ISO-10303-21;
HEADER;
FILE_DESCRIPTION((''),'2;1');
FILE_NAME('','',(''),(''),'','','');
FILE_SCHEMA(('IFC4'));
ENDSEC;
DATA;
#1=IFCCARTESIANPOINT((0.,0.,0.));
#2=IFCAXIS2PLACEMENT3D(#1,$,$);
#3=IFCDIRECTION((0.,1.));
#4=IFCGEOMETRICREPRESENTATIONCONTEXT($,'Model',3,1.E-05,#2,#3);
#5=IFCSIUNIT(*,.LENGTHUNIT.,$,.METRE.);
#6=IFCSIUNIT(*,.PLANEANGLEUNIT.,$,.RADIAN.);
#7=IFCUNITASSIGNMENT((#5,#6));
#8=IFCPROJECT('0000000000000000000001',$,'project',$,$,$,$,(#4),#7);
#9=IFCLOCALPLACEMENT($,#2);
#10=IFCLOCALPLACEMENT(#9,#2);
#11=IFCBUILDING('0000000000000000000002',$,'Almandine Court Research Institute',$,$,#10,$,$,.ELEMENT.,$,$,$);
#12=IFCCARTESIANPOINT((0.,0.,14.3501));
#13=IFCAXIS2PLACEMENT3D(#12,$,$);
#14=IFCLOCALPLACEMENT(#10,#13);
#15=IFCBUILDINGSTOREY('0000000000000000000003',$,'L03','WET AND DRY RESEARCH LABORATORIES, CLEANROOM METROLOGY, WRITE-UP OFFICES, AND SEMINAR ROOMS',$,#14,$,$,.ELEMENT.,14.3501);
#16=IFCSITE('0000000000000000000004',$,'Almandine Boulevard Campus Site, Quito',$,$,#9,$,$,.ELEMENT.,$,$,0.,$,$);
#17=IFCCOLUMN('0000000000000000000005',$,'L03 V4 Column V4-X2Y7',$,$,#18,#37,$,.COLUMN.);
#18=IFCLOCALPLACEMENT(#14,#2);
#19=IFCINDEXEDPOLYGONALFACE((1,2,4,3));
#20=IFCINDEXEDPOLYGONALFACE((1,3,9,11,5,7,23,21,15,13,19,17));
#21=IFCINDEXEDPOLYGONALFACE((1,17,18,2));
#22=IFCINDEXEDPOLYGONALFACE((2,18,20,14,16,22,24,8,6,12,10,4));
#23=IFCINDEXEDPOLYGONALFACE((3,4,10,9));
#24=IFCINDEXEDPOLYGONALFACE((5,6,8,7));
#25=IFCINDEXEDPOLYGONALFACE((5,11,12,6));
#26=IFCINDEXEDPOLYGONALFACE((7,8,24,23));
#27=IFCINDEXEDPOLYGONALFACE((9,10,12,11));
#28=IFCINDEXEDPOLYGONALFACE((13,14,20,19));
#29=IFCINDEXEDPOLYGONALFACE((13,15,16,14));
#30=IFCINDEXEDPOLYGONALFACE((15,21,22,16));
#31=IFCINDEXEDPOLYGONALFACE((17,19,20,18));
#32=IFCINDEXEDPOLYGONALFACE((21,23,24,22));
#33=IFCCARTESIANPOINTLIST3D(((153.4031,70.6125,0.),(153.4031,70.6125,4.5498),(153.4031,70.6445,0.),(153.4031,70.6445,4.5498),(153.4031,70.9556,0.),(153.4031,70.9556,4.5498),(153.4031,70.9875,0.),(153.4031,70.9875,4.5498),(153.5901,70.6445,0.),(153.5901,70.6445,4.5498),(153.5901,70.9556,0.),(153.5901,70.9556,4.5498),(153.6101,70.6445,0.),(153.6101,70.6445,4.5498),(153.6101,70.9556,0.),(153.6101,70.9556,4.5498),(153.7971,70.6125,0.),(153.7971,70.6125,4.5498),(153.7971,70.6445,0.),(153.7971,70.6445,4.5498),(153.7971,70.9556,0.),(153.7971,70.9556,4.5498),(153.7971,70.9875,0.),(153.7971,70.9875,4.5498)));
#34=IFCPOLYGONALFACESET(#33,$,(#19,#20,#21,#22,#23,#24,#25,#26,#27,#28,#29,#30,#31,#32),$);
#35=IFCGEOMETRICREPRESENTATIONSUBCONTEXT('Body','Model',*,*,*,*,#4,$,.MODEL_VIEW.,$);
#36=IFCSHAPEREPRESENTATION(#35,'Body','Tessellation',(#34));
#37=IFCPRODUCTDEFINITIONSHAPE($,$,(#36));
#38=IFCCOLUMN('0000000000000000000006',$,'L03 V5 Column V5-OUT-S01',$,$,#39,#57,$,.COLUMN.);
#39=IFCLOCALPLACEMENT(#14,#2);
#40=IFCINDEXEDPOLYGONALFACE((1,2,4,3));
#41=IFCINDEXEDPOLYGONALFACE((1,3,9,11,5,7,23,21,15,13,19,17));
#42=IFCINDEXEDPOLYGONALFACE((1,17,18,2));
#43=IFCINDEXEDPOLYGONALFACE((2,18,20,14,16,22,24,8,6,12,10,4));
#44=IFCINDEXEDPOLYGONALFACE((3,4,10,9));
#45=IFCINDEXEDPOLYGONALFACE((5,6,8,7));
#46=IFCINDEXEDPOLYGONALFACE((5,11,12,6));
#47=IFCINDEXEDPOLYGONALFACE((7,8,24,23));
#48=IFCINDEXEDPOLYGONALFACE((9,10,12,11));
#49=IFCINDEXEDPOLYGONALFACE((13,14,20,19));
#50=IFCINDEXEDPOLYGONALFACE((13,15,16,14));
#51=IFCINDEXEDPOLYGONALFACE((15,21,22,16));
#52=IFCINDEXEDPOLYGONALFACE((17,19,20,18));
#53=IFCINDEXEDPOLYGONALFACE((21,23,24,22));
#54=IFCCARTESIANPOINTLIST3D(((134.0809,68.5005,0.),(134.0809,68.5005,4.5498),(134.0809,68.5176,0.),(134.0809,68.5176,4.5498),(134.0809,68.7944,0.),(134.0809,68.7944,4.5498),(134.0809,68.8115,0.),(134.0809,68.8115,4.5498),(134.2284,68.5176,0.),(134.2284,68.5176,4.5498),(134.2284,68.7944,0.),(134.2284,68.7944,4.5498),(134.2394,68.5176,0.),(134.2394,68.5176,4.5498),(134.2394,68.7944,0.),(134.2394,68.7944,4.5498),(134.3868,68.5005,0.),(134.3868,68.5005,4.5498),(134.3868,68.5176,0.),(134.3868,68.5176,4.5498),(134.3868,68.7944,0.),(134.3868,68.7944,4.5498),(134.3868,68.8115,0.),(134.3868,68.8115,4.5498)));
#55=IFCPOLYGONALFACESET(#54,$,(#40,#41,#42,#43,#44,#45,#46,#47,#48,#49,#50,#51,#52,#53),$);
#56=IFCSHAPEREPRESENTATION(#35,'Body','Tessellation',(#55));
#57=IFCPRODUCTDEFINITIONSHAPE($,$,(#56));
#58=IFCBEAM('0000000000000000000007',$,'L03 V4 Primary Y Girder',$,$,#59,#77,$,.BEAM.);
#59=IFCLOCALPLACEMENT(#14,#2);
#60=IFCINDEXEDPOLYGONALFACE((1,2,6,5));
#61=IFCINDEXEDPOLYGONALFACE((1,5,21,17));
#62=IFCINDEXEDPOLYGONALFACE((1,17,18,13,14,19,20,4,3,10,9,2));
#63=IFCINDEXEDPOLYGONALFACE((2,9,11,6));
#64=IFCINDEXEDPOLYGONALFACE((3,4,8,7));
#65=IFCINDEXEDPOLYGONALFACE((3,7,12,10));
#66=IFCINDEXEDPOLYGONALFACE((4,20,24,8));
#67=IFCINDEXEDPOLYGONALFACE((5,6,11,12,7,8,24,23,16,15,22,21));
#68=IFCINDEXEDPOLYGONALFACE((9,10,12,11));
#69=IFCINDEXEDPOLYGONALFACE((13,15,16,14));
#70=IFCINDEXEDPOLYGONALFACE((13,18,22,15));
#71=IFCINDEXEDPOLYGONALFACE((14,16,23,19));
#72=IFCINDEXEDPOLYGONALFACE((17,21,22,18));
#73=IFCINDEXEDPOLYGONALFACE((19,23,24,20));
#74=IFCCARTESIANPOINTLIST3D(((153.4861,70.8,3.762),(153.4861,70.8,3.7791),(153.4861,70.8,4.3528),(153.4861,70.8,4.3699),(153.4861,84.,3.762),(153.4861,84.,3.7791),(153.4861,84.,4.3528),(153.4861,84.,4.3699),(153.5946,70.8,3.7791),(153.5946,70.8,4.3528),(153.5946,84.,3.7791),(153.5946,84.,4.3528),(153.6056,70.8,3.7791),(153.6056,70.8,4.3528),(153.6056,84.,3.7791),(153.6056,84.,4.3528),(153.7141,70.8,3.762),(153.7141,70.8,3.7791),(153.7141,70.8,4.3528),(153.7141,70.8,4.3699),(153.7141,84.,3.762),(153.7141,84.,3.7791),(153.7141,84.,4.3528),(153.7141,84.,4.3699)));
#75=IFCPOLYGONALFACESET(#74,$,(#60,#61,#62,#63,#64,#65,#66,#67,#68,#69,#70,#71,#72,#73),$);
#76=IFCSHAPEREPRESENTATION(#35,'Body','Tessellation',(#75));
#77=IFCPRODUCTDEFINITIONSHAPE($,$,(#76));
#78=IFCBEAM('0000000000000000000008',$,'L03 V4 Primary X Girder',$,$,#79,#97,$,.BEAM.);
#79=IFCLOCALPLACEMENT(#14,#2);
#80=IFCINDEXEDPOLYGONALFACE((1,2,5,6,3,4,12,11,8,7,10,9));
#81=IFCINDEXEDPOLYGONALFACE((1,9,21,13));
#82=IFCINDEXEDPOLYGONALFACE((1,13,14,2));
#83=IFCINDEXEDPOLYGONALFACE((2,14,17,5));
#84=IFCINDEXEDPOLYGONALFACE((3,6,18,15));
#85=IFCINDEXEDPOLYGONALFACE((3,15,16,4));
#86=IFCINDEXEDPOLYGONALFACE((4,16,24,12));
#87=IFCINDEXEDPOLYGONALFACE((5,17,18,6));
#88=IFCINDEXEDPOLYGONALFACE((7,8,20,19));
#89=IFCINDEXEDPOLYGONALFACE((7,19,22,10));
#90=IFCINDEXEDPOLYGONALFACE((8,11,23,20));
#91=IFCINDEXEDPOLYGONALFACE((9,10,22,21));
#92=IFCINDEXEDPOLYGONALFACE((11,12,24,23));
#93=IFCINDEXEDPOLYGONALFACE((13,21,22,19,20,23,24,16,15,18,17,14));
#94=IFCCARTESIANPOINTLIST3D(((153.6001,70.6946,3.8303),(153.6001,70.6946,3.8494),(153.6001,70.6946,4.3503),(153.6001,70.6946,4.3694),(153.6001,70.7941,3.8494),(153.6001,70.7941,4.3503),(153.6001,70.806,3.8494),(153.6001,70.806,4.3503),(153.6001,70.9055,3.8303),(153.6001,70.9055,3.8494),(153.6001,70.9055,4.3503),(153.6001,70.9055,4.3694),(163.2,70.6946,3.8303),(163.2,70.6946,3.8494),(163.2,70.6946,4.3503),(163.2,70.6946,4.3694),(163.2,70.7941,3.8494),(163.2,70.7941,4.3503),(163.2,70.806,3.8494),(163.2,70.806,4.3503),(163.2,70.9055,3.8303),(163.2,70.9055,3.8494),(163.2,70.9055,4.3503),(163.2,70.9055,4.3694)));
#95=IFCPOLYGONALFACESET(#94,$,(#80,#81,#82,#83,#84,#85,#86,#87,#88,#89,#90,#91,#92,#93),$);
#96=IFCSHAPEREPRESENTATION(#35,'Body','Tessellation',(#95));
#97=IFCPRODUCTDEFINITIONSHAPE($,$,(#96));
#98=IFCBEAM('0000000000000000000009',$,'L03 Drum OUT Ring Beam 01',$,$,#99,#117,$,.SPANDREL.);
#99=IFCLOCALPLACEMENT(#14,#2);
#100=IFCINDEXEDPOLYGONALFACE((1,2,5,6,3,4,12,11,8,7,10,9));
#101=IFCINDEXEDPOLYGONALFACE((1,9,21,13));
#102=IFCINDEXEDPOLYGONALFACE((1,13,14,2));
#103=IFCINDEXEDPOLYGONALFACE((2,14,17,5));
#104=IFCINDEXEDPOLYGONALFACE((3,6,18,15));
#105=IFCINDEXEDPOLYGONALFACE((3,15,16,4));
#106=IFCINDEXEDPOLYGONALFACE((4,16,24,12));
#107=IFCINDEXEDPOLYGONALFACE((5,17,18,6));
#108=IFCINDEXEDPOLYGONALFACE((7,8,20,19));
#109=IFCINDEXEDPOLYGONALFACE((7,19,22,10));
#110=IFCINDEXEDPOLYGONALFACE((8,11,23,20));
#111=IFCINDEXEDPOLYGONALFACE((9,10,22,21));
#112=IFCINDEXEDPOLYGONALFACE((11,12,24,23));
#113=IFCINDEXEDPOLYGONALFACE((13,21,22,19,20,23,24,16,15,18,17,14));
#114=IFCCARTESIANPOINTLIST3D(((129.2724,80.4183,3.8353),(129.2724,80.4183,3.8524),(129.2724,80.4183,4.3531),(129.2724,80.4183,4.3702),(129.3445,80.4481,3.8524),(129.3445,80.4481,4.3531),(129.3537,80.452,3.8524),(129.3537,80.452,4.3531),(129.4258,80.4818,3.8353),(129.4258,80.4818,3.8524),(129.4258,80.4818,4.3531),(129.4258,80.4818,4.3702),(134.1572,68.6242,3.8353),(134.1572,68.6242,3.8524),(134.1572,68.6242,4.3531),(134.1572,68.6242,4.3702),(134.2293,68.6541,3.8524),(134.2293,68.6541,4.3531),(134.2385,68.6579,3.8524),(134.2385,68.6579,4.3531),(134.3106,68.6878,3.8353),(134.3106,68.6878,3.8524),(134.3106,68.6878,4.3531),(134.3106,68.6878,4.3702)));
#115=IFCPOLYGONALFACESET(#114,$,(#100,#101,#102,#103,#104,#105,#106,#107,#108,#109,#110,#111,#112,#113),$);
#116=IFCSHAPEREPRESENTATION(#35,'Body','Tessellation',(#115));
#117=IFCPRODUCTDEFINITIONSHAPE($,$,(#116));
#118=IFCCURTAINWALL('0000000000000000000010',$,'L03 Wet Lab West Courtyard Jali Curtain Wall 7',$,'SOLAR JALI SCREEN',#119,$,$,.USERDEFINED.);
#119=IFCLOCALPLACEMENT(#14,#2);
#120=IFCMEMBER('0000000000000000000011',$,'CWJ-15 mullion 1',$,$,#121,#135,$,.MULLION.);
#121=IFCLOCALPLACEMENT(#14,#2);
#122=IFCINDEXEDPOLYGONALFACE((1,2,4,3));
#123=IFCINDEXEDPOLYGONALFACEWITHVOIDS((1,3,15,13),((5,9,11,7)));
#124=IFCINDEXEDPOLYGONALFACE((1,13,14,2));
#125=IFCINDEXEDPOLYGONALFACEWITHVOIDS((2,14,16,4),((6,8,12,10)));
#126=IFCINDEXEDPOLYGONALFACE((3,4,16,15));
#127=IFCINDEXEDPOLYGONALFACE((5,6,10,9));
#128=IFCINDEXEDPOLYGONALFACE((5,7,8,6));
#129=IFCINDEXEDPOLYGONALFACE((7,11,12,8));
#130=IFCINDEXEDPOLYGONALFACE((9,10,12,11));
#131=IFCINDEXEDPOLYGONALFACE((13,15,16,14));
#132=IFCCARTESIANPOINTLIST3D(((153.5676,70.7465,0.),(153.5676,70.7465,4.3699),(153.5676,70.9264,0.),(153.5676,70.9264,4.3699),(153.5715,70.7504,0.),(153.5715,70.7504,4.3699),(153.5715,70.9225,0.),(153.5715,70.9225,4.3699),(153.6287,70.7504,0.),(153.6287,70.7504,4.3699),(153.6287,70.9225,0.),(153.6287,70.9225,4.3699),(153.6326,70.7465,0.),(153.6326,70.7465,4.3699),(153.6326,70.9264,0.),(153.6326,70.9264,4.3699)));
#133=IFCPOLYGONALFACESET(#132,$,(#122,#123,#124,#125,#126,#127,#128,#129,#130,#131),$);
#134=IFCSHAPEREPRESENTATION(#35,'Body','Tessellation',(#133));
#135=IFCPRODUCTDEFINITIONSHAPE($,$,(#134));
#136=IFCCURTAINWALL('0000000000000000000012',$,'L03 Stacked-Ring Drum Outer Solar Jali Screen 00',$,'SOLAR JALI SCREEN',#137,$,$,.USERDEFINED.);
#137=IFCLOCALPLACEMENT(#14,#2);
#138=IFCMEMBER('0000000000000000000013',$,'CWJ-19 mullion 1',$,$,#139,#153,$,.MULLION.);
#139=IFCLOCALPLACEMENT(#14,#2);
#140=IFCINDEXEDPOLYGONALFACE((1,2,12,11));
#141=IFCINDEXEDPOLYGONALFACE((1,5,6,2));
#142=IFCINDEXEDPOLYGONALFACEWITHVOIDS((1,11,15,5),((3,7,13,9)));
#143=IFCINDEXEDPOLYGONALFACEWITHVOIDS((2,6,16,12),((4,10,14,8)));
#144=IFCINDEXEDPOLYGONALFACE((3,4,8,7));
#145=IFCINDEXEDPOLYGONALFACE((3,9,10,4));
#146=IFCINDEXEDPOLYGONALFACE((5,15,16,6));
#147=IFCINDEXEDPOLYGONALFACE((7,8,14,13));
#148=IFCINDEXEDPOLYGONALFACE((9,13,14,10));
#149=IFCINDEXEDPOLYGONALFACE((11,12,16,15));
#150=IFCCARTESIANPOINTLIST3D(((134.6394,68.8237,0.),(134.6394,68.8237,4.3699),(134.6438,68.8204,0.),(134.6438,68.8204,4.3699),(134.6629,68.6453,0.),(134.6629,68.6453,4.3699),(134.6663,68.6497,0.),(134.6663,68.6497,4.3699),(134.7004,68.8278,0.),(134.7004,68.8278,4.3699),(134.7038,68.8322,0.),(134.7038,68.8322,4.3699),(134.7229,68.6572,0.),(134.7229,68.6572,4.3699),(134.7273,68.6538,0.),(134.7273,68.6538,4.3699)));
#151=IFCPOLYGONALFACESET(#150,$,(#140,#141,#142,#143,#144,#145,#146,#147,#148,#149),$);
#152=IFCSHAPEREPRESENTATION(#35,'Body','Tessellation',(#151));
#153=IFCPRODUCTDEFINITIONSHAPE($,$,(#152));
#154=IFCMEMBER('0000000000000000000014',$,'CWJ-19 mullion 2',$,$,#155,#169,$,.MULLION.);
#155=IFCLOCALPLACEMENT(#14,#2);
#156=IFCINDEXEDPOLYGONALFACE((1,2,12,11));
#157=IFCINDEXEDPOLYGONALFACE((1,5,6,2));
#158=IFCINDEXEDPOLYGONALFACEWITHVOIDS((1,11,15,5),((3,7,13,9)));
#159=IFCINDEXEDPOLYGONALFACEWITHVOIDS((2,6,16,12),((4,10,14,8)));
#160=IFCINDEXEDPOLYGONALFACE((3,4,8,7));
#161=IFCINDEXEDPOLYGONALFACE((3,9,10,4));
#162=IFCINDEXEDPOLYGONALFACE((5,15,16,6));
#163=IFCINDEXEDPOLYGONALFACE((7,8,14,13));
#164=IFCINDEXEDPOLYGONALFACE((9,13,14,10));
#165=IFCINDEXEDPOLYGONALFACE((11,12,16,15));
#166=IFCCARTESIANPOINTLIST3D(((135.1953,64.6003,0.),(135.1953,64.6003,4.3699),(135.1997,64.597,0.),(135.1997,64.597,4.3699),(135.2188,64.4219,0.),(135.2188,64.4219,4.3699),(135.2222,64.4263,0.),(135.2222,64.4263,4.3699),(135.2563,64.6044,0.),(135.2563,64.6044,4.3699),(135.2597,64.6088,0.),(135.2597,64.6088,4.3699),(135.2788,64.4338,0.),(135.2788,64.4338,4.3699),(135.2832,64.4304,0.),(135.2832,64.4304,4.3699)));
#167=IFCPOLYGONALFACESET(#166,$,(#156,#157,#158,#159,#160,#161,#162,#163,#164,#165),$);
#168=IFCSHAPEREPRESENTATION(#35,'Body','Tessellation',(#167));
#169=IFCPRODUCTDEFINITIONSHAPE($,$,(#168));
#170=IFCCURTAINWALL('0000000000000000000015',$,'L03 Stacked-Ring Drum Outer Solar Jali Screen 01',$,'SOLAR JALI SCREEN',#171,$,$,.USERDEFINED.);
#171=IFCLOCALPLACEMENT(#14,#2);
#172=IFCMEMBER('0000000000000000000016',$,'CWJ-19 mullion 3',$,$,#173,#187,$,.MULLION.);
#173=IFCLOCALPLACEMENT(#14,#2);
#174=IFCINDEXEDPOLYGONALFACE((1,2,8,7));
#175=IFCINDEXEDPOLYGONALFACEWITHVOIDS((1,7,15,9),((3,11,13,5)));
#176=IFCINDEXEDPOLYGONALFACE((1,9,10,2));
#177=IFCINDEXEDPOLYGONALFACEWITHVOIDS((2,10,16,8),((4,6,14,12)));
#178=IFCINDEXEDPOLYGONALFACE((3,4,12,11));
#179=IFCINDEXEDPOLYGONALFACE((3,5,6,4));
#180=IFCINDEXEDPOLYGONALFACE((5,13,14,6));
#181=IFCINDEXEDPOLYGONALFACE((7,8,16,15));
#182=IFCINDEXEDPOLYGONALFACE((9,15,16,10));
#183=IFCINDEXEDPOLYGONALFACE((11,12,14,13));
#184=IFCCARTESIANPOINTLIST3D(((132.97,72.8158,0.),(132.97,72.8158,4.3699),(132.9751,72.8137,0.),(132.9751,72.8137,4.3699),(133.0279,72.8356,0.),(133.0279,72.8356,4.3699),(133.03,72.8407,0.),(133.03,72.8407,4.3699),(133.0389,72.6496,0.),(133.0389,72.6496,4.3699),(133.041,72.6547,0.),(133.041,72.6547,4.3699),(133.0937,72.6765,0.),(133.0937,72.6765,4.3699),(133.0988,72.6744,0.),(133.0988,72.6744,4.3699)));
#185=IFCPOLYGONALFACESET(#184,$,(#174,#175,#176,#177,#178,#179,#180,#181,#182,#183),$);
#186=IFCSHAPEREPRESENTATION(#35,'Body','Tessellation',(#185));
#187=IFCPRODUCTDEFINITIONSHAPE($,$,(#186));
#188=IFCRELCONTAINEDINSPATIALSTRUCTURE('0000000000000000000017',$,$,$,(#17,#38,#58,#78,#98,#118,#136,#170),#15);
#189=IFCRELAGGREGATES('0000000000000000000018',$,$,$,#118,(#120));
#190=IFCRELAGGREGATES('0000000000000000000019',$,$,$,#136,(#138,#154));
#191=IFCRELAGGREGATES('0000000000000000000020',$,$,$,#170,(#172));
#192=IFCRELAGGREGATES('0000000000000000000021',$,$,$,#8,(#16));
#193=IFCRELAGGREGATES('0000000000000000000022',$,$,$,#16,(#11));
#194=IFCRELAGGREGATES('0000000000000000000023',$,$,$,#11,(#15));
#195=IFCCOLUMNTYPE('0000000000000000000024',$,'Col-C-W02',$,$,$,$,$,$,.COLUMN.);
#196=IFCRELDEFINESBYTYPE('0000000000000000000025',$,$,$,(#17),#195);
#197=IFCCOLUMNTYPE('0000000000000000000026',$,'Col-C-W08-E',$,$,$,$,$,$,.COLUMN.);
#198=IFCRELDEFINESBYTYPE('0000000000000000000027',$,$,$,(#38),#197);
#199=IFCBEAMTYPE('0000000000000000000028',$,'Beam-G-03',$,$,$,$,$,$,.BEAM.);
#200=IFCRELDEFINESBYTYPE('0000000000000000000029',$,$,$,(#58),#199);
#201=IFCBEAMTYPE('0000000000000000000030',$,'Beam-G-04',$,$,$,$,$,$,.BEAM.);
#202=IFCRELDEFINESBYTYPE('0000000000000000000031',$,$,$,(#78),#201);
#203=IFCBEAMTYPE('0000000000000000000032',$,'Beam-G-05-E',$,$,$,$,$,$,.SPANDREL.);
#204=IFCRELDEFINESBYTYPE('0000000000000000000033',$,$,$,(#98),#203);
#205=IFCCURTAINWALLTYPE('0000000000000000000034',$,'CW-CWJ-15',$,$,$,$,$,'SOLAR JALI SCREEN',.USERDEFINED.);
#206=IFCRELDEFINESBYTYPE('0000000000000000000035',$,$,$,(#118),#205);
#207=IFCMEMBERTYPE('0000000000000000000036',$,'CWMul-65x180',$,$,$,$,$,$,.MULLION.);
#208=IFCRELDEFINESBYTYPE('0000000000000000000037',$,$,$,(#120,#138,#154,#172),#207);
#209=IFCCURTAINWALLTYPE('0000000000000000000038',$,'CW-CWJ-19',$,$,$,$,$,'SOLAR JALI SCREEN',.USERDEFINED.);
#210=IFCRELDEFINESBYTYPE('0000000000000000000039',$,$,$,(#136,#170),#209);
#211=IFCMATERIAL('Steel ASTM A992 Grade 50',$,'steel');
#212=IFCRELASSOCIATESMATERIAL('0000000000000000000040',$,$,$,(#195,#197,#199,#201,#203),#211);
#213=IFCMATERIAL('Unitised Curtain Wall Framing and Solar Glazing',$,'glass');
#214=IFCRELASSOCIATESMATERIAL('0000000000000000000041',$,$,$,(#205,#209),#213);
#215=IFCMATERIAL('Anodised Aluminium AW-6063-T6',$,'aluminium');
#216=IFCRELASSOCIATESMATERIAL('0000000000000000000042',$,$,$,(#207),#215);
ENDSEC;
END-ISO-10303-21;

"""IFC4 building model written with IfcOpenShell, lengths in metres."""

from ifc_helpers import new_model, si_unit, direction, frame, origin, origin_2d, place, context, subcontext, project, spatial, hollow_rectangle, i_section, extrude, material, material_profile, profile_set, type_object, element, aggregate, save


model = new_model("IFC4")

# Units and contexts
model_context = context("Model", 3, precision=1e-05, world=origin(), true_north=direction((0.0, 1.0)))
body_context = subcontext(model_context, "Body", "Model", "MODEL_VIEW")
ifc_project = project(units=[si_unit("LENGTHUNIT", "METRE"), si_unit("PLANEANGLEUNIT", "RADIAN")], contexts=[model_context])

# Site, building, storey
site_placement = place(None, origin())
site = spatial("IfcSite", under=ifc_project, at=site_placement, Name="Almandine Boulevard Campus Site, Quito", CompositionType="ELEMENT", RefElevation=0.0)
building_placement = place(site_placement, origin())
building = spatial("IfcBuilding", under=site, at=building_placement, Name="Almandine Court Research Institute", CompositionType="ELEMENT")
storey_placement = place(building_placement, frame((0.0, 0.0, 14.3501)))
storey = spatial("IfcBuildingStorey", under=building, at=storey_placement, Name="L03", Description="WET AND DRY RESEARCH LABORATORIES, CLEANROOM METROLOGY, WRITE-UP OFFICES, AND SEMINAR ROOMS", CompositionType="ELEMENT", Elevation=14.3501)

# Columns
ifc_material_1 = material(Name="Steel ASTM A992 Grade 50", Category="steel")
ifc_material_profile_1 = material_profile(ifc_material_1, i_section(OverallWidth=0.394, OverallDepth=0.375, WebThickness=0.02, FlangeThickness=0.032, at=origin_2d()), Name="W360x216")
ifc_profile_set_1 = profile_set([ifc_material_profile_1], Name="Steel ASTM A992 Grade 50")
column_type_1 = type_object("IfcColumnType", Name="Col-C-W02", PredefinedType="COLUMN", material=ifc_profile_set_1)
column_1_placement = place(storey_placement, frame((153.6001, 70.8, 0.0), z_axis=(0.0, 0.0, 1.0), x_axis=(1.0, 0.0, 0.0)))
element("IfcColumn", 1, at=column_1_placement, inside=storey, type_object=column_type_1, Name="L03 V4 Column V4-X2Y7", PredefinedType="COLUMN", context=body_context, shape_type="SweptSolid", body=[
    extrude(i_section(OverallWidth=0.394, OverallDepth=0.375, WebThickness=0.02, FlangeThickness=0.032, at=origin_2d()), origin(), (0.0, 0.0, 1.0), 4.5498),
])
ifc_material_profile_2 = material_profile(ifc_material_1, i_section(OverallWidth=0.3059, OverallDepth=0.311, WebThickness=0.011, FlangeThickness=0.0171, at=origin_2d()), Name="W310x107")
ifc_profile_set_2 = profile_set([ifc_material_profile_2], Name="Steel ASTM A992 Grade 50")
column_type_2 = type_object("IfcColumnType", Name="Col-C-W08-E", PredefinedType="COLUMN", material=ifc_profile_set_2)
column_2_placement = place(storey_placement, frame((134.2339, 68.656, 0.0), z_axis=(0.0, 0.0, 1.0), x_axis=(1.0, 0.0, 0.0)))
element("IfcColumn", 2, at=column_2_placement, inside=storey, type_object=column_type_2, Name="L03 V5 Column V5-OUT-S01", PredefinedType="COLUMN", context=body_context, shape_type="SweptSolid", body=[
    extrude(i_section(OverallWidth=0.3059, OverallDepth=0.311, WebThickness=0.011, FlangeThickness=0.0171, at=origin_2d()), origin(), (0.0, 0.0, 1.0), 4.5498),
])

# Beams
ifc_material_profile_3 = material_profile(ifc_material_1, i_section(OverallWidth=0.228, OverallDepth=0.6079, WebThickness=0.011, FlangeThickness=0.0171, at=origin_2d()), Name="W610x113")
ifc_profile_set_3 = profile_set([ifc_material_profile_3], Name="Steel ASTM A992 Grade 50")
beam_type_1 = type_object("IfcBeamType", Name="Beam-G-03", PredefinedType="BEAM", material=ifc_profile_set_3)
beam_1_placement = place(storey_placement, frame((153.6001, 70.8, 4.0659), z_axis=(0.0, 1.0, 0.0), x_axis=(-1.0, 0.0, 0.0)))
element("IfcBeam", 3, at=beam_1_placement, inside=storey, type_object=beam_type_1, Name="L03 V4 Primary Y Girder", PredefinedType="BEAM", context=body_context, shape_type="SweptSolid", body=[
    extrude(i_section(OverallWidth=0.228, OverallDepth=0.6079, WebThickness=0.011, FlangeThickness=0.0171, at=origin_2d()), origin(), (0.0, 0.0, 1.0), 13.2),
])
ifc_material_profile_4 = material_profile(ifc_material_1, i_section(OverallWidth=0.2109, OverallDepth=0.5391, WebThickness=0.012, FlangeThickness=0.019, at=origin_2d()), Name="W530x109")
ifc_profile_set_4 = profile_set([ifc_material_profile_4], Name="Steel ASTM A992 Grade 50")
beam_type_2 = type_object("IfcBeamType", Name="Beam-G-04", PredefinedType="BEAM", material=ifc_profile_set_4)
beam_2_placement = place(storey_placement, frame((153.6001, 70.8, 4.0999), z_axis=(1.0, 0.0, 0.0), x_axis=(0.0, 1.0, 0.0)))
element("IfcBeam", 4, at=beam_2_placement, inside=storey, type_object=beam_type_2, Name="L03 V4 Primary X Girder", PredefinedType="BEAM", context=body_context, shape_type="SweptSolid", body=[
    extrude(i_section(OverallWidth=0.2109, OverallDepth=0.5391, WebThickness=0.012, FlangeThickness=0.019, at=origin_2d()), origin(), (0.0, 0.0, 1.0), 9.5999),
])
ifc_material_profile_5 = material_profile(ifc_material_1, i_section(OverallWidth=0.166, OverallDepth=0.5349, WebThickness=0.01, FlangeThickness=0.0171, at=origin_2d()), Name="W530x85")
ifc_profile_set_5 = profile_set([ifc_material_profile_5], Name="Steel ASTM A992 Grade 50")
beam_type_3 = type_object("IfcBeamType", Name="Beam-G-05-E", PredefinedType="SPANDREL", material=ifc_profile_set_5)
beam_3_placement = place(storey_placement, frame((134.2339, 68.656, 4.1028), z_axis=(-0.382654, 0.923892, 0.0), x_axis=(-0.923892, -0.382654, 0.0)))
element("IfcBeam", 5, at=beam_3_placement, inside=storey, type_object=beam_type_3, Name="L03 Drum OUT Ring Beam 01", PredefinedType="SPANDREL", context=body_context, shape_type="SweptSolid", body=[
    extrude(i_section(OverallWidth=0.166, OverallDepth=0.5349, WebThickness=0.01, FlangeThickness=0.0171, at=origin_2d()), origin(), (0.0, 0.0, 1.0), 12.7656),
])

# Curtain wall, member
ifc_material_2 = material(Name="Unitised Curtain Wall Framing and Solar Glazing", Category="glass")
curtain_wall_type_1 = type_object("IfcCurtainWallType", Name="CW-CWJ-15", ElementType="SOLAR JALI SCREEN", PredefinedType="USERDEFINED", material=ifc_material_2)
curtain_wall_1_placement = place(storey_placement, origin())
curtain_wall_1 = element("IfcCurtainWall", 6, at=curtain_wall_1_placement, inside=storey, type_object=curtain_wall_type_1, Name="L03 Wet Lab West Courtyard Jali Curtain Wall 7", ObjectType="SOLAR JALI SCREEN", PredefinedType="USERDEFINED")
ifc_material_3 = material(Name="Anodised Aluminium AW-6063-T6", Category="aluminium")
ifc_material_profile_6 = material_profile(ifc_material_3, hollow_rectangle(XDim=0.0649, YDim=0.1799, WallThickness=0.0039, at=origin_2d()), Name="ALU RHS 65x180x4")
ifc_profile_set_6 = profile_set([ifc_material_profile_6], Name="Anodised Aluminium AW-6063-T6")
member_type_1 = type_object("IfcMemberType", Name="CWMul-65x180", PredefinedType="MULLION", material=ifc_profile_set_6)
member_1_placement = place(storey_placement, frame((153.6001, 70.8364, 0.0), z_axis=(0.0, 0.0, 1.0), x_axis=(-1.0, 0.0, 0.0)))
member_1 = element("IfcMember", 7, at=member_1_placement, type_object=member_type_1, Name="CWJ-15 mullion 1", PredefinedType="MULLION", context=body_context, shape_type="SweptSolid", body=[
    extrude(hollow_rectangle(XDim=0.0649, YDim=0.1799, WallThickness=0.0039, at=origin_2d()), origin(), (0.0, 0.0, 1.0), 4.3699),
])

# Curtain walls, members
curtain_wall_type_2 = type_object("IfcCurtainWallType", Name="CW-CWJ-19", ElementType="SOLAR JALI SCREEN", PredefinedType="USERDEFINED", material=ifc_material_2)
curtain_wall_2_placement = place(storey_placement, origin())
curtain_wall_2 = element("IfcCurtainWall", 8, at=curtain_wall_2_placement, inside=storey, type_object=curtain_wall_type_2, Name="L03 Stacked-Ring Drum Outer Solar Jali Screen 00", ObjectType="SOLAR JALI SCREEN", PredefinedType="USERDEFINED")
member_2_placement = place(storey_placement, frame((134.6833, 68.7388, 0.0), z_axis=(0.0, 0.0, 1.0), x_axis=(0.991443, 0.130541, 0.0)))
member_2 = element("IfcMember", 9, at=member_2_placement, type_object=member_type_1, Name="CWJ-19 mullion 1", PredefinedType="MULLION", context=body_context, shape_type="SweptSolid", body=[
    extrude(hollow_rectangle(XDim=0.0649, YDim=0.1799, WallThickness=0.0039, at=origin_2d()), origin(), (0.0, 0.0, 1.0), 4.3699),
])
member_3_placement = place(storey_placement, frame((135.2393, 64.5154, 0.0), z_axis=(0.0, 0.0, 1.0), x_axis=(0.991443, 0.130541, 0.0)))
member_3 = element("IfcMember", 10, at=member_3_placement, type_object=member_type_1, Name="CWJ-19 mullion 2", PredefinedType="MULLION", context=body_context, shape_type="SweptSolid", body=[
    extrude(hollow_rectangle(XDim=0.0649, YDim=0.1799, WallThickness=0.0039, at=origin_2d()), origin(), (0.0, 0.0, 1.0), 4.3699),
])
curtain_wall_3_placement = place(storey_placement, origin())
curtain_wall_3 = element("IfcCurtainWall", 11, at=curtain_wall_3_placement, inside=storey, type_object=curtain_wall_type_2, Name="L03 Stacked-Ring Drum Outer Solar Jali Screen 01", ObjectType="SOLAR JALI SCREEN", PredefinedType="USERDEFINED")
member_4_placement = place(storey_placement, frame((133.0344, 72.7451, 0.0), z_axis=(0.0, 0.0, 1.0), x_axis=(0.923888, 0.382663, 0.0)))
member_4 = element("IfcMember", 12, at=member_4_placement, type_object=member_type_1, Name="CWJ-19 mullion 3", PredefinedType="MULLION", context=body_context, shape_type="SweptSolid", body=[
    extrude(hollow_rectangle(XDim=0.0649, YDim=0.1799, WallThickness=0.0039, at=origin_2d()), origin(), (0.0, 0.0, 1.0), 4.3699),
])

aggregate(curtain_wall_1, [member_1])

aggregate(curtain_wall_2, [member_2, member_3])
aggregate(curtain_wall_3, [member_4])

save(model, "model.ifc")
